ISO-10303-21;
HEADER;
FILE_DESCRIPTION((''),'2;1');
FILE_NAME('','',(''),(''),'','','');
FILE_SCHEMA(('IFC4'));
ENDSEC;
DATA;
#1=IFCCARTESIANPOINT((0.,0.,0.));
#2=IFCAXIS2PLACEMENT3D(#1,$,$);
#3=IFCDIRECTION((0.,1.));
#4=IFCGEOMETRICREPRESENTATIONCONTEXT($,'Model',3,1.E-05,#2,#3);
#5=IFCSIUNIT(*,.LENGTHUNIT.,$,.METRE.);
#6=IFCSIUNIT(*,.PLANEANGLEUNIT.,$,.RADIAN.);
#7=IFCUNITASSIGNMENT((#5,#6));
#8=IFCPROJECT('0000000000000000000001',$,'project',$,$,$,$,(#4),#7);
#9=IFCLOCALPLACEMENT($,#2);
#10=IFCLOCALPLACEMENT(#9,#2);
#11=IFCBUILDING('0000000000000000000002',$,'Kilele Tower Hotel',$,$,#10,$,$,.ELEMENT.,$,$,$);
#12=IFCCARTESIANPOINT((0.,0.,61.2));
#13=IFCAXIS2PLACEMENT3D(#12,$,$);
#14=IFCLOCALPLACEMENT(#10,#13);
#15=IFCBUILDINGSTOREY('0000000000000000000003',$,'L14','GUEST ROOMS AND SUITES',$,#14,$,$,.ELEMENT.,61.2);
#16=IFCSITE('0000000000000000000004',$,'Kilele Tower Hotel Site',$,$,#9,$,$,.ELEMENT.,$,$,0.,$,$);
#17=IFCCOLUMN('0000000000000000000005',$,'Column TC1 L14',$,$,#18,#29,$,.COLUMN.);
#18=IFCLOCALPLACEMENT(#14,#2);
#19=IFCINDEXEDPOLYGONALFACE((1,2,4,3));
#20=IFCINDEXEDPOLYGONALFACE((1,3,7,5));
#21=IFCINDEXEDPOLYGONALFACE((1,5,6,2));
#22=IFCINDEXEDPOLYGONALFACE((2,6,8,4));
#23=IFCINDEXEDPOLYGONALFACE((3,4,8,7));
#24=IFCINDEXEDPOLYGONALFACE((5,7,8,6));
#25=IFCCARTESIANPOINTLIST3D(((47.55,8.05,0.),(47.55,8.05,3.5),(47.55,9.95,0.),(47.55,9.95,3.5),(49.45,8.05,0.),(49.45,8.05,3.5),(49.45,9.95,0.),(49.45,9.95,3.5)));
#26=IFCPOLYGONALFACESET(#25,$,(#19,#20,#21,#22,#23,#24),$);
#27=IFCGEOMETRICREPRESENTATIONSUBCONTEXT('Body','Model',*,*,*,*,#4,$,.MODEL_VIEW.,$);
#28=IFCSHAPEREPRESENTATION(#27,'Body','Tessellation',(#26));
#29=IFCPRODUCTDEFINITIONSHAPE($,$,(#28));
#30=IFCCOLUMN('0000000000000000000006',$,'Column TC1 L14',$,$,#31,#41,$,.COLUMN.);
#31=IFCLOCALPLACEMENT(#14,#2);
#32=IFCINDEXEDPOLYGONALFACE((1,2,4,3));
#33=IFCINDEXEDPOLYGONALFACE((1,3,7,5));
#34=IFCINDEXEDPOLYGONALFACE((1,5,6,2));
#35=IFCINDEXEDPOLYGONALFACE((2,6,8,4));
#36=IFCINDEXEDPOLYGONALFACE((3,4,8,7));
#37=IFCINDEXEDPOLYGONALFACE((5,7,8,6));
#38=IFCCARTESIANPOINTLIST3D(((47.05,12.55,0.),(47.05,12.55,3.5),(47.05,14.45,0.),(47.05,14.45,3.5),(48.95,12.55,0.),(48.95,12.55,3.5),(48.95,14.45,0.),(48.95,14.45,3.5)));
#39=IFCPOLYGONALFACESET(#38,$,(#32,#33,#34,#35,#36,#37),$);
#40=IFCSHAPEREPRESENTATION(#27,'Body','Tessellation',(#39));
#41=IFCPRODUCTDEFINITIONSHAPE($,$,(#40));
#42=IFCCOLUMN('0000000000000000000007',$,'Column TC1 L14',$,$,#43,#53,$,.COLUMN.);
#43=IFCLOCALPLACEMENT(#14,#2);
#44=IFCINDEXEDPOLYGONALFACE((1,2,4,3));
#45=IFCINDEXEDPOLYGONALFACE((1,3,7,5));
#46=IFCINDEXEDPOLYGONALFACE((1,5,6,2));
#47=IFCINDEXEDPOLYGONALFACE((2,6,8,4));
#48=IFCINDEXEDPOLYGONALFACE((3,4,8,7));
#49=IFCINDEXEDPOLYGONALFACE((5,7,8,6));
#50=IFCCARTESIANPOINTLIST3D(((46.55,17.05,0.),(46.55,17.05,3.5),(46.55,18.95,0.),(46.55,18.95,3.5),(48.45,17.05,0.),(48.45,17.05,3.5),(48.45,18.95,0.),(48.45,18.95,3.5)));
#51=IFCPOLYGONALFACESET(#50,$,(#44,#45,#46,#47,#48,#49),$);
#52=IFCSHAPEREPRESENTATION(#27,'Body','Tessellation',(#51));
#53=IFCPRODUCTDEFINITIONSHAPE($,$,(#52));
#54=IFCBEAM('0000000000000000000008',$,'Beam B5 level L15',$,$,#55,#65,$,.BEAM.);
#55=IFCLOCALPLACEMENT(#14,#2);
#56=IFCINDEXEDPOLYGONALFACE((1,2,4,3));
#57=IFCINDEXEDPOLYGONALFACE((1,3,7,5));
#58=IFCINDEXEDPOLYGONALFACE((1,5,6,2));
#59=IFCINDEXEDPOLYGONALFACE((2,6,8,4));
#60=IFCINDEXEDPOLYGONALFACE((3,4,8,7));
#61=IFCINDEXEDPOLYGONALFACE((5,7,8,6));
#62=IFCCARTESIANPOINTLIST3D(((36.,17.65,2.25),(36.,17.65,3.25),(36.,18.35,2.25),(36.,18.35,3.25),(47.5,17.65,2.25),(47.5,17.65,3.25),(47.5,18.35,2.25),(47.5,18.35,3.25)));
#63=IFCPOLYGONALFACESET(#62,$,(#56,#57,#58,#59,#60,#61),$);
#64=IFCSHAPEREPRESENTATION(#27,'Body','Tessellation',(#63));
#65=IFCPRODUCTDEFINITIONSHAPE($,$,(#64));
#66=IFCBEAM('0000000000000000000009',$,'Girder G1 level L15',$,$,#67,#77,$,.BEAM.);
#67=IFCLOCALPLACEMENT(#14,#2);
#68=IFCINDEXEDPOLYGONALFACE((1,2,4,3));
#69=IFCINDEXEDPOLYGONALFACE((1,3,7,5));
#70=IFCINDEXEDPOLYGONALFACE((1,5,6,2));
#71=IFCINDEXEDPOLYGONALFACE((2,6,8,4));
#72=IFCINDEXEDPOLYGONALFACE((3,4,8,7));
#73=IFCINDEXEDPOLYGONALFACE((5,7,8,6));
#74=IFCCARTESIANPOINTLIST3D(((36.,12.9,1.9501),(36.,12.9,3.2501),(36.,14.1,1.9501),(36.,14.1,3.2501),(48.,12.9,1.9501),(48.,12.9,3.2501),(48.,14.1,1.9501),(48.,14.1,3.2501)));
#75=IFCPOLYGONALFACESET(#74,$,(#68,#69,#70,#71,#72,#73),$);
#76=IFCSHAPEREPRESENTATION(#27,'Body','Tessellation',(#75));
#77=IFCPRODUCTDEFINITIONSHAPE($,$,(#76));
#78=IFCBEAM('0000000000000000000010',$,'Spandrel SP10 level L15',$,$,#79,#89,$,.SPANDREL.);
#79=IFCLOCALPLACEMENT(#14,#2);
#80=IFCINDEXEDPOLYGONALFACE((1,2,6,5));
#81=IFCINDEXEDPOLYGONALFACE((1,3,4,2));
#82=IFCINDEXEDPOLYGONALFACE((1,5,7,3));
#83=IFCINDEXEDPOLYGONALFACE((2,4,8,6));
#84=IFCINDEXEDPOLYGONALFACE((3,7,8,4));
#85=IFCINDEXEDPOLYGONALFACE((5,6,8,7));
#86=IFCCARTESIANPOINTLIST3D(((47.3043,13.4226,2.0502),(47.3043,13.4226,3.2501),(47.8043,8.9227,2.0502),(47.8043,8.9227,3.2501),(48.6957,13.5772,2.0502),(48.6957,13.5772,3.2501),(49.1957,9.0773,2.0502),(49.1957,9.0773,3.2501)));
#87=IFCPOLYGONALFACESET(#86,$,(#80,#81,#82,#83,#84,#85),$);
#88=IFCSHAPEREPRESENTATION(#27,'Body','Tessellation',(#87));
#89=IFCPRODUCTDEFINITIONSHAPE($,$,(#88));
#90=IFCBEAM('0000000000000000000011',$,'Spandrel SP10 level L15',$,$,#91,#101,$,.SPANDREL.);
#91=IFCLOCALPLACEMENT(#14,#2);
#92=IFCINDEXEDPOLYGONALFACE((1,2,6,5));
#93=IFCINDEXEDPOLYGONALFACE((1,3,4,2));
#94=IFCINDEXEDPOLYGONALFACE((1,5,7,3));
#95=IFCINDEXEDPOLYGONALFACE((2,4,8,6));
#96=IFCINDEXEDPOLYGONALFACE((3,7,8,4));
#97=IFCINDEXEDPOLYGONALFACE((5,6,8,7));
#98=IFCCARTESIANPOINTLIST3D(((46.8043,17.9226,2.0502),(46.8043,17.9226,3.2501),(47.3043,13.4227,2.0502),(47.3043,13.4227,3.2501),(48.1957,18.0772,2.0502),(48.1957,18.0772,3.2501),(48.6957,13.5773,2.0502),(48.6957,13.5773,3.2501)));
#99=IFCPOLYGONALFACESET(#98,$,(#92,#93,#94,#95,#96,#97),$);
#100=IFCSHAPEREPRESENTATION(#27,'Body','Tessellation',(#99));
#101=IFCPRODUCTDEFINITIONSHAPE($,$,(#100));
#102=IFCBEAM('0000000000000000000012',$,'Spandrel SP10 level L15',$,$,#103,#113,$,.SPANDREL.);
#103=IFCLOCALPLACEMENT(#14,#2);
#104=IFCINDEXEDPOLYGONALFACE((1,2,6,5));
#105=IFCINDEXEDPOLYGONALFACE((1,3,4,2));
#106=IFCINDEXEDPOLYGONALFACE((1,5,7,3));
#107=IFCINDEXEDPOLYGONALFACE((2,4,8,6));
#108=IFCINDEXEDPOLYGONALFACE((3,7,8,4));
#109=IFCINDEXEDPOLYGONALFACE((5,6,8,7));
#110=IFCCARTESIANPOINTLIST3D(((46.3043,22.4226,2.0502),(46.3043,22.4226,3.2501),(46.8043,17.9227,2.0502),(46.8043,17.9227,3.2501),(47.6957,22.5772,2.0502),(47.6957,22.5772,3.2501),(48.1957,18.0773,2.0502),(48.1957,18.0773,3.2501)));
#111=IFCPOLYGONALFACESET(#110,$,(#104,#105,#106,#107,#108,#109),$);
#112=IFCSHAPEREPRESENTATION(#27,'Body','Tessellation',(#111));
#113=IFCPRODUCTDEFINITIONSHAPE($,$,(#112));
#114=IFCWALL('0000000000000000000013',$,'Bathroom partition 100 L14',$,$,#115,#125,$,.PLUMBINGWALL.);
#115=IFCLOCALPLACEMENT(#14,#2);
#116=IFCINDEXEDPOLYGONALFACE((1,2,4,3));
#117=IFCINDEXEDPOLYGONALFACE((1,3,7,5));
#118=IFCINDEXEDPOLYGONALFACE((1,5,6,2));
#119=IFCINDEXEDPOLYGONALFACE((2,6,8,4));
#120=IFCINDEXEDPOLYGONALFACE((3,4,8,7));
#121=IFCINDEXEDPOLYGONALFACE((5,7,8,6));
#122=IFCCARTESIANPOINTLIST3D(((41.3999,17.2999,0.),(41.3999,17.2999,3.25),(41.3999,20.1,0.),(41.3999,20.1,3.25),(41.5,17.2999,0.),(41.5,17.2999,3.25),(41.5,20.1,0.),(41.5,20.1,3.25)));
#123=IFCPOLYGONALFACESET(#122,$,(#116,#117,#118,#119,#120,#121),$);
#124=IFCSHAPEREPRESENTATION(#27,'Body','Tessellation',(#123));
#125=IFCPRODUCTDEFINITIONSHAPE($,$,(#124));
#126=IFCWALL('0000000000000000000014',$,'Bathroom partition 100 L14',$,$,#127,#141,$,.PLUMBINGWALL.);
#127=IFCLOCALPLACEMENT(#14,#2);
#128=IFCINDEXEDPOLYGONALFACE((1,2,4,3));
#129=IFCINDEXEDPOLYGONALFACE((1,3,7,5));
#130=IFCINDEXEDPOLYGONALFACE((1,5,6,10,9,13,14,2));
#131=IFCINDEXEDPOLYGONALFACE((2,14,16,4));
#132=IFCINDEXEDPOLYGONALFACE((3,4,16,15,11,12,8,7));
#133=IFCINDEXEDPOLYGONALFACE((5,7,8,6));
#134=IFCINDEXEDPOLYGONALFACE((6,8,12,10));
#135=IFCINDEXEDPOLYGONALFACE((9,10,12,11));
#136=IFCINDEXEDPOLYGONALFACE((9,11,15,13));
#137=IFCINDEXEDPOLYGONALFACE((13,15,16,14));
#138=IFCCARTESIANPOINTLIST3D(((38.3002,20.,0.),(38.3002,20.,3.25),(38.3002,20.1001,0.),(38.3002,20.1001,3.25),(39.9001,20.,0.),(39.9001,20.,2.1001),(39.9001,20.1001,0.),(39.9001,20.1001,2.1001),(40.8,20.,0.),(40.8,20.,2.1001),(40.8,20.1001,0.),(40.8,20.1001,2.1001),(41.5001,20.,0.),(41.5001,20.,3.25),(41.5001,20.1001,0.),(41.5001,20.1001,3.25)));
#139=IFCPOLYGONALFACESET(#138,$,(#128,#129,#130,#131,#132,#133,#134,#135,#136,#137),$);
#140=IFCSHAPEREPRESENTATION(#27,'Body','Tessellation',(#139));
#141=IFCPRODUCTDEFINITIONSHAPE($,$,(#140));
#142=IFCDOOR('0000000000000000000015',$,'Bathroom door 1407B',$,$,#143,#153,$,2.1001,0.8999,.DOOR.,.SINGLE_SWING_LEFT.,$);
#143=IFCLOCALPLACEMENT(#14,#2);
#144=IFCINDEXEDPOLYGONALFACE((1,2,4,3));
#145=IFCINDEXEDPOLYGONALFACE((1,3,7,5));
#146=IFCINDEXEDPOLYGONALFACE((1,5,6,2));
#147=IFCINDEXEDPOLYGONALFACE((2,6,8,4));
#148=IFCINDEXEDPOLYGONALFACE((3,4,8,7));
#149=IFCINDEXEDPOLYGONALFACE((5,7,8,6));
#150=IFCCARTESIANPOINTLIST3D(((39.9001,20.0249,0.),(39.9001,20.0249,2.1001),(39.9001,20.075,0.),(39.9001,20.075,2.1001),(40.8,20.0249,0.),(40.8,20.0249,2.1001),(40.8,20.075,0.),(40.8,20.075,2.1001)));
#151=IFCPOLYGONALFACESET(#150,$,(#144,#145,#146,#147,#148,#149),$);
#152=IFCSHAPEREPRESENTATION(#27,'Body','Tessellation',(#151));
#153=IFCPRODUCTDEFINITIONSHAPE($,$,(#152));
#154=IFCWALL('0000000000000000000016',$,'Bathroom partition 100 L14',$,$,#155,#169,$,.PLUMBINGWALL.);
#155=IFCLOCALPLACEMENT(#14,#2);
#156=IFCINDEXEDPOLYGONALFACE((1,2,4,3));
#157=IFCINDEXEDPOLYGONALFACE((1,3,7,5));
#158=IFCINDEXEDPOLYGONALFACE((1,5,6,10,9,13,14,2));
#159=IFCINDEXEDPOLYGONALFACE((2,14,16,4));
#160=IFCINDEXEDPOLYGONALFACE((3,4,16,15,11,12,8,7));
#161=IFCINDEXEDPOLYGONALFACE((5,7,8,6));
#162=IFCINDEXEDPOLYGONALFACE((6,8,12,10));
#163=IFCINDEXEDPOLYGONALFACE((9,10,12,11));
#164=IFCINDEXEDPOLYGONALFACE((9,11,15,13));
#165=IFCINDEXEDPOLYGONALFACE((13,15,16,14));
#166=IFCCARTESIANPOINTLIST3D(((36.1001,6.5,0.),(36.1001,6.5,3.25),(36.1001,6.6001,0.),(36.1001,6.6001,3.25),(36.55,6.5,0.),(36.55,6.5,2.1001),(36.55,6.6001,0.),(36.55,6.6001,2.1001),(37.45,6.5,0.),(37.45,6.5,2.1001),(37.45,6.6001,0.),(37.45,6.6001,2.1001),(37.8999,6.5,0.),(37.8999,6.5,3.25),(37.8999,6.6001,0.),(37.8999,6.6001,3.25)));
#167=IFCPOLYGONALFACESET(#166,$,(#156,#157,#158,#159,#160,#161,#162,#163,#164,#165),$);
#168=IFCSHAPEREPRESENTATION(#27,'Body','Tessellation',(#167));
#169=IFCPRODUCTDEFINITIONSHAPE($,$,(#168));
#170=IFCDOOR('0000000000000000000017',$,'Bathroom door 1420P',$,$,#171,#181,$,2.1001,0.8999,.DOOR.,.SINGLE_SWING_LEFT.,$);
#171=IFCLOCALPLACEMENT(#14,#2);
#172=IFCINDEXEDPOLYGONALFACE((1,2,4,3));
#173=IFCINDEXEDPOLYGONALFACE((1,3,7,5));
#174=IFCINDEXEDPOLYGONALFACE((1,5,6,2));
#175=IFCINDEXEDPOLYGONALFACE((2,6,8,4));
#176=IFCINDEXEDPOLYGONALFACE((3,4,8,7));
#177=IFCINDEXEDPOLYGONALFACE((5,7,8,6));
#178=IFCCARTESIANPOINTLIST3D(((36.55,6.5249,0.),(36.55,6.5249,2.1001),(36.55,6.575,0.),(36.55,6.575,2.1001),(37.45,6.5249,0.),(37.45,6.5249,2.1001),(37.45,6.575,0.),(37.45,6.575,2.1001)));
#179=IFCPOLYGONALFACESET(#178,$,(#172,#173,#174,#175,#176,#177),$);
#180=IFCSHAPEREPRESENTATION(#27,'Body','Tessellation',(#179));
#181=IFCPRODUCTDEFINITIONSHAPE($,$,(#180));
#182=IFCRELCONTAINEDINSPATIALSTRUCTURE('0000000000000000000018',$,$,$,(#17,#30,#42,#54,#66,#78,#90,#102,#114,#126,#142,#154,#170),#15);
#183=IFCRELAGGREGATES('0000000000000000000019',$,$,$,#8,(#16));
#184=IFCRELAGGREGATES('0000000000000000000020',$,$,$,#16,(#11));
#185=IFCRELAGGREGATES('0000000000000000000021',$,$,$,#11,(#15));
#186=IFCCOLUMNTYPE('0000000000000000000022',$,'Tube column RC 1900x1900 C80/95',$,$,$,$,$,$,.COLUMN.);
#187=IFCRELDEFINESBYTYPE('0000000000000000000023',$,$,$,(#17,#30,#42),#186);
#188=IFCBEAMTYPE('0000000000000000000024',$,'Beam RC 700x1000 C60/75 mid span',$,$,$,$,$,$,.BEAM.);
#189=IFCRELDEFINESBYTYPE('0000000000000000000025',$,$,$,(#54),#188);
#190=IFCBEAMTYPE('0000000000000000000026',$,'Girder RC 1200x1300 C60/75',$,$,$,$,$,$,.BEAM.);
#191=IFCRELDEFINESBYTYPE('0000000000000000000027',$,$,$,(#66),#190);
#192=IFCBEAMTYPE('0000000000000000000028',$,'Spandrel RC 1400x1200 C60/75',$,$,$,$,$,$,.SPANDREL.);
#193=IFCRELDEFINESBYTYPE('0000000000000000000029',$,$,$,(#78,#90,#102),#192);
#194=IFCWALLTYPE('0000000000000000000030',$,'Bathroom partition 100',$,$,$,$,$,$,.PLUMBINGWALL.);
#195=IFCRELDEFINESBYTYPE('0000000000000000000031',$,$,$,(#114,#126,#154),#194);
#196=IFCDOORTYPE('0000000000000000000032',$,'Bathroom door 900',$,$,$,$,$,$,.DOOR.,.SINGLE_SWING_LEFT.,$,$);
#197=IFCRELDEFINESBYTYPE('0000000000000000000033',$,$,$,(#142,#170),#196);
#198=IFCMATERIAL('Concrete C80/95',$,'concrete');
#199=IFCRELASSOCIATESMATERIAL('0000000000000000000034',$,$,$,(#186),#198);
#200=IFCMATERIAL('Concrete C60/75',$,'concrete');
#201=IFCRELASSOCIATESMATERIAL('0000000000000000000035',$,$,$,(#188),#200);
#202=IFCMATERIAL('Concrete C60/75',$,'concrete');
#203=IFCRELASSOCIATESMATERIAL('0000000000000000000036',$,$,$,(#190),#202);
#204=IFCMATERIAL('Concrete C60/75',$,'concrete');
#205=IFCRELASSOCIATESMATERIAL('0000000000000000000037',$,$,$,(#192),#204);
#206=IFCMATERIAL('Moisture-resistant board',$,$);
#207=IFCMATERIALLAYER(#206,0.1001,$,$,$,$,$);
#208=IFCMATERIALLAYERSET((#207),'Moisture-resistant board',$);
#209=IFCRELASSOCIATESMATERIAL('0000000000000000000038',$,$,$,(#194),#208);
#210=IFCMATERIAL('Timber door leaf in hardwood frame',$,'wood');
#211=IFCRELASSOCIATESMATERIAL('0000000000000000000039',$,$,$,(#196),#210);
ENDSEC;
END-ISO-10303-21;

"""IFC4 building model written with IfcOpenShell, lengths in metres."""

from ifc_helpers import new_model, si_unit, direction, frame, frame_2d, origin, origin_2d, place, context, subcontext, project, spatial, rectangle, extrude, material, layer, layer_set, material_profile, profile_set, type_object, element, fill, save


model = new_model("IFC4")

# Units and contexts
model_context = context("Model", 3, precision=1e-05, world=origin(), true_north=direction((0.0, 1.0)))
body_context = subcontext(model_context, "Body", "Model", "MODEL_VIEW")
ifc_project = project(units=[si_unit("LENGTHUNIT", "METRE"), si_unit("PLANEANGLEUNIT", "RADIAN")], contexts=[model_context])

# Site, building, storey
site_placement = place(None, origin())
site = spatial("IfcSite", under=ifc_project, at=site_placement, Name="Kilele Tower Hotel Site", CompositionType="ELEMENT", RefElevation=0.0)
building_placement = place(site_placement, origin())
building = spatial("IfcBuilding", under=site, at=building_placement, Name="Kilele Tower Hotel", CompositionType="ELEMENT")
storey_placement = place(building_placement, frame((0.0, 0.0, 61.2)))
storey = spatial("IfcBuildingStorey", under=building, at=storey_placement, Name="L14", Description="GUEST ROOMS AND SUITES", CompositionType="ELEMENT", Elevation=61.2)

# Columns
ifc_material_1 = material(Name="Concrete C80/95", Category="concrete")
ifc_material_profile_1 = material_profile(ifc_material_1, rectangle(XDim=1.8999, YDim=1.8999, at=origin_2d()))
ifc_profile_set_1 = profile_set([ifc_material_profile_1], Name="Concrete C80/95")
column_type = type_object("IfcColumnType", Name="Tube column RC 1900x1900 C80/95", PredefinedType="COLUMN", material=ifc_profile_set_1)
for number, where, z_axis, x_axis, name in (
    (1, (48.5, 9.0, 0.0), (0.0, 0.0, 1.0), (1.0, 0.0, 0.0), "Column TC1 L14"),
    (2, (48.0, 13.5, 0.0), (0.0, 0.0, 1.0), (1.0, 0.0, 0.0), "Column TC1 L14"),
    (3, (47.5, 18.0, 0.0), (0.0, 0.0, 1.0), (1.0, 0.0, 0.0), "Column TC1 L14"),
):
    element("IfcColumn", number, at=place(storey_placement, frame(where, z_axis=z_axis, x_axis=x_axis)), inside=storey, type_object=column_type, Name=name, PredefinedType="COLUMN", context=body_context, shape_type="SweptSolid", body=[
        extrude(rectangle(XDim=1.8999, YDim=1.8999, at=origin_2d()), origin(), (0.0, 0.0, 1.0), 3.5),
    ])

# Beams
ifc_material_2 = material(Name="Concrete C60/75", Category="concrete")
ifc_material_profile_2 = material_profile(ifc_material_2, rectangle(XDim=0.7, YDim=1.0, at=origin_2d()))
ifc_profile_set_2 = profile_set([ifc_material_profile_2], Name="Concrete C60/75")
beam_type_1 = type_object("IfcBeamType", Name="Beam RC 700x1000 C60/75 mid span", PredefinedType="BEAM", material=ifc_profile_set_2)
beam_1_placement = place(storey_placement, frame((47.5, 18.0, 2.75), z_axis=(-1.0, 0.0, 0.0), x_axis=(0.0, -1.0, 0.0)))
element("IfcBeam", 4, at=beam_1_placement, inside=storey, type_object=beam_type_1, Name="Beam B5 level L15", PredefinedType="BEAM", context=body_context, shape_type="SweptSolid", body=[
    extrude(rectangle(XDim=0.7, YDim=1.0, at=origin_2d()), origin(), (0.0, 0.0, 1.0), 11.5),
])
ifc_material_3 = material(Name="Concrete C60/75", Category="concrete")
ifc_material_profile_3 = material_profile(ifc_material_3, rectangle(XDim=1.2, YDim=1.3, at=origin_2d()))
ifc_profile_set_3 = profile_set([ifc_material_profile_3], Name="Concrete C60/75")
beam_type_2 = type_object("IfcBeamType", Name="Girder RC 1200x1300 C60/75", PredefinedType="BEAM", material=ifc_profile_set_3)
beam_2_placement = place(storey_placement, frame((48.0, 13.5, 2.6001), z_axis=(-1.0, 0.0, 0.0), x_axis=(0.0, -1.0, 0.0)))
element("IfcBeam", 5, at=beam_2_placement, inside=storey, type_object=beam_type_2, Name="Girder G1 level L15", PredefinedType="BEAM", context=body_context, shape_type="SweptSolid", body=[
    extrude(rectangle(XDim=1.2, YDim=1.3, at=origin_2d()), origin(), (0.0, 0.0, 1.0), 12.0),
])
ifc_material_4 = material(Name="Concrete C60/75", Category="concrete")
ifc_material_profile_4 = material_profile(ifc_material_4, rectangle(XDim=1.3999, YDim=1.2, at=origin_2d()))
ifc_profile_set_4 = profile_set([ifc_material_profile_4], Name="Concrete C60/75")
beam_type_3 = type_object("IfcBeamType", Name="Spandrel RC 1400x1200 C60/75", PredefinedType="SPANDREL", material=ifc_profile_set_4)
for number, where, z_axis, x_axis, name in (
    (6, (48.5, 9.0, 2.6501), (-0.110432, 0.993884, 0.0), (-0.993884, -0.110432, 0.0), "Spandrel SP10 level L15"),
    (7, (48.0, 13.5, 2.6501), (-0.110432, 0.993884, 0.0), (-0.993884, -0.110432, 0.0), "Spandrel SP10 level L15"),
    (8, (47.5, 18.0, 2.6501), (-0.110432, 0.993884, 0.0), (-0.993884, -0.110432, 0.0), "Spandrel SP10 level L15"),
):
    element("IfcBeam", number, at=place(storey_placement, frame(where, z_axis=z_axis, x_axis=x_axis)), inside=storey, type_object=beam_type_3, Name=name, PredefinedType="SPANDREL", context=body_context, shape_type="SweptSolid", body=[
        extrude(rectangle(XDim=1.3999, YDim=1.2, at=origin_2d()), origin(), (0.0, 0.0, 1.0), 4.5276),
    ])

# Wall
ifc_material_5 = material(Name="Moisture-resistant board")
ifc_layer_1 = layer(ifc_material_5, 0.1001)
ifc_layer_set_1 = layer_set([ifc_layer_1], Name="Moisture-resistant board")
wall_type_1 = type_object("IfcWallType", Name="Bathroom partition 100", PredefinedType="PLUMBINGWALL", material=ifc_layer_set_1)
wall_1_placement = place(storey_placement, frame((41.45, 17.3, 0.0), z_axis=(0.0, 0.0, 1.0), x_axis=(0.0, 1.0, 0.0)))
element("IfcWall", 9, at=wall_1_placement, inside=storey, type_object=wall_type_1, Name="Bathroom partition 100 L14", PredefinedType="PLUMBINGWALL", context=body_context, shape_type="SweptSolid", body=[
    extrude(rectangle(XDim=2.8, YDim=0.1001, at=frame_2d((1.3999, 0.0))), origin(), (0.0, 0.0, 1.0), 3.25),
])

# Walls, openings, doors
wall_2_placement = place(storey_placement, frame((38.3, 20.05, 0.0), z_axis=(0.0, 0.0, 1.0), x_axis=(1.0, 0.0, 0.0)))
wall_2 = element("IfcWall", 10, at=wall_2_placement, inside=storey, type_object=wall_type_1, Name="Bathroom partition 100 L14", PredefinedType="PLUMBINGWALL", context=body_context, shape_type="SweptSolid", body=[
    extrude(rectangle(XDim=3.2, YDim=0.1001, at=frame_2d((1.6001, 0.0))), origin(), (0.0, 0.0, 1.0), 3.25),
])
opening_1_placement = place(wall_2_placement, frame((1.6001, 0.0, 0.0)))
opening_1 = element("IfcOpeningElement", 11, at=opening_1_placement, cuts=wall_2, PredefinedType="OPENING", context=body_context, shape_type="SweptSolid", body=[
    extrude(rectangle(XDim=0.8999, YDim=2.1001, at=frame_2d((0.45, 1.05))), frame((0.0, 0.0601, 0.0), z_axis=(0.0, -1.0, 0.0), x_axis=(1.0, 0.0, 0.0)), (0.0, 0.0, 1.0), 0.1201),
])
ifc_material_6 = material(Name="Timber door leaf in hardwood frame", Category="wood")
door_type_1 = type_object("IfcDoorType", Name="Bathroom door 900", OperationType="SINGLE_SWING_LEFT", PredefinedType="DOOR", material=ifc_material_6)
door_1_placement = place(opening_1_placement, origin())
door_1 = element("IfcDoor", 12, at=door_1_placement, inside=storey, type_object=door_type_1, Name="Bathroom door 1407B", OperationType="SINGLE_SWING_LEFT", OverallHeight=2.1001, OverallWidth=0.8999, PredefinedType="DOOR", context=body_context, shape_type="SweptSolid", body=[
    extrude(rectangle(XDim=0.8999, YDim=2.1001, at=frame_2d((0.45, 1.05))), frame((0.0, 0.0249, 0.0), z_axis=(0.0, -1.0, 0.0), x_axis=(1.0, 0.0, 0.0)), (0.0, 0.0, 1.0), 0.05),
])
fill(opening_1, door_1)
wall_3_placement = place(storey_placement, frame((36.1001, 6.55, 0.0), z_axis=(0.0, 0.0, 1.0), x_axis=(1.0, 0.0, 0.0)))
wall_3 = element("IfcWall", 13, at=wall_3_placement, inside=storey, type_object=wall_type_1, Name="Bathroom partition 100 L14", PredefinedType="PLUMBINGWALL", context=body_context, shape_type="SweptSolid", body=[
    extrude(rectangle(XDim=1.7998, YDim=0.1001, at=frame_2d((0.8999, 0.0))), origin(), (0.0, 0.0, 1.0), 3.25),
])
opening_2_placement = place(wall_3_placement, frame((0.45, 0.0, 0.0)))
opening_2 = element("IfcOpeningElement", 14, at=opening_2_placement, cuts=wall_3, PredefinedType="OPENING", context=body_context, shape_type="SweptSolid", body=[
    extrude(rectangle(XDim=0.8999, YDim=2.1001, at=frame_2d((0.45, 1.05))), frame((0.0, 0.0601, 0.0), z_axis=(0.0, -1.0, 0.0), x_axis=(1.0, 0.0, 0.0)), (0.0, 0.0, 1.0), 0.1201),
])
door_2_placement = place(opening_2_placement, origin())
door_2 = element("IfcDoor", 15, at=door_2_placement, inside=storey, type_object=door_type_1, Name="Bathroom door 1420P", OperationType="SINGLE_SWING_LEFT", OverallHeight=2.1001, OverallWidth=0.8999, PredefinedType="DOOR", context=body_context, shape_type="SweptSolid", body=[
    extrude(rectangle(XDim=0.8999, YDim=2.1001, at=frame_2d((0.45, 1.05))), frame((0.0, 0.0249, 0.0), z_axis=(0.0, -1.0, 0.0), x_axis=(1.0, 0.0, 0.0)), (0.0, 0.0, 1.0), 0.05),
])
fill(opening_2, door_2)

save(model, "model.ifc")
